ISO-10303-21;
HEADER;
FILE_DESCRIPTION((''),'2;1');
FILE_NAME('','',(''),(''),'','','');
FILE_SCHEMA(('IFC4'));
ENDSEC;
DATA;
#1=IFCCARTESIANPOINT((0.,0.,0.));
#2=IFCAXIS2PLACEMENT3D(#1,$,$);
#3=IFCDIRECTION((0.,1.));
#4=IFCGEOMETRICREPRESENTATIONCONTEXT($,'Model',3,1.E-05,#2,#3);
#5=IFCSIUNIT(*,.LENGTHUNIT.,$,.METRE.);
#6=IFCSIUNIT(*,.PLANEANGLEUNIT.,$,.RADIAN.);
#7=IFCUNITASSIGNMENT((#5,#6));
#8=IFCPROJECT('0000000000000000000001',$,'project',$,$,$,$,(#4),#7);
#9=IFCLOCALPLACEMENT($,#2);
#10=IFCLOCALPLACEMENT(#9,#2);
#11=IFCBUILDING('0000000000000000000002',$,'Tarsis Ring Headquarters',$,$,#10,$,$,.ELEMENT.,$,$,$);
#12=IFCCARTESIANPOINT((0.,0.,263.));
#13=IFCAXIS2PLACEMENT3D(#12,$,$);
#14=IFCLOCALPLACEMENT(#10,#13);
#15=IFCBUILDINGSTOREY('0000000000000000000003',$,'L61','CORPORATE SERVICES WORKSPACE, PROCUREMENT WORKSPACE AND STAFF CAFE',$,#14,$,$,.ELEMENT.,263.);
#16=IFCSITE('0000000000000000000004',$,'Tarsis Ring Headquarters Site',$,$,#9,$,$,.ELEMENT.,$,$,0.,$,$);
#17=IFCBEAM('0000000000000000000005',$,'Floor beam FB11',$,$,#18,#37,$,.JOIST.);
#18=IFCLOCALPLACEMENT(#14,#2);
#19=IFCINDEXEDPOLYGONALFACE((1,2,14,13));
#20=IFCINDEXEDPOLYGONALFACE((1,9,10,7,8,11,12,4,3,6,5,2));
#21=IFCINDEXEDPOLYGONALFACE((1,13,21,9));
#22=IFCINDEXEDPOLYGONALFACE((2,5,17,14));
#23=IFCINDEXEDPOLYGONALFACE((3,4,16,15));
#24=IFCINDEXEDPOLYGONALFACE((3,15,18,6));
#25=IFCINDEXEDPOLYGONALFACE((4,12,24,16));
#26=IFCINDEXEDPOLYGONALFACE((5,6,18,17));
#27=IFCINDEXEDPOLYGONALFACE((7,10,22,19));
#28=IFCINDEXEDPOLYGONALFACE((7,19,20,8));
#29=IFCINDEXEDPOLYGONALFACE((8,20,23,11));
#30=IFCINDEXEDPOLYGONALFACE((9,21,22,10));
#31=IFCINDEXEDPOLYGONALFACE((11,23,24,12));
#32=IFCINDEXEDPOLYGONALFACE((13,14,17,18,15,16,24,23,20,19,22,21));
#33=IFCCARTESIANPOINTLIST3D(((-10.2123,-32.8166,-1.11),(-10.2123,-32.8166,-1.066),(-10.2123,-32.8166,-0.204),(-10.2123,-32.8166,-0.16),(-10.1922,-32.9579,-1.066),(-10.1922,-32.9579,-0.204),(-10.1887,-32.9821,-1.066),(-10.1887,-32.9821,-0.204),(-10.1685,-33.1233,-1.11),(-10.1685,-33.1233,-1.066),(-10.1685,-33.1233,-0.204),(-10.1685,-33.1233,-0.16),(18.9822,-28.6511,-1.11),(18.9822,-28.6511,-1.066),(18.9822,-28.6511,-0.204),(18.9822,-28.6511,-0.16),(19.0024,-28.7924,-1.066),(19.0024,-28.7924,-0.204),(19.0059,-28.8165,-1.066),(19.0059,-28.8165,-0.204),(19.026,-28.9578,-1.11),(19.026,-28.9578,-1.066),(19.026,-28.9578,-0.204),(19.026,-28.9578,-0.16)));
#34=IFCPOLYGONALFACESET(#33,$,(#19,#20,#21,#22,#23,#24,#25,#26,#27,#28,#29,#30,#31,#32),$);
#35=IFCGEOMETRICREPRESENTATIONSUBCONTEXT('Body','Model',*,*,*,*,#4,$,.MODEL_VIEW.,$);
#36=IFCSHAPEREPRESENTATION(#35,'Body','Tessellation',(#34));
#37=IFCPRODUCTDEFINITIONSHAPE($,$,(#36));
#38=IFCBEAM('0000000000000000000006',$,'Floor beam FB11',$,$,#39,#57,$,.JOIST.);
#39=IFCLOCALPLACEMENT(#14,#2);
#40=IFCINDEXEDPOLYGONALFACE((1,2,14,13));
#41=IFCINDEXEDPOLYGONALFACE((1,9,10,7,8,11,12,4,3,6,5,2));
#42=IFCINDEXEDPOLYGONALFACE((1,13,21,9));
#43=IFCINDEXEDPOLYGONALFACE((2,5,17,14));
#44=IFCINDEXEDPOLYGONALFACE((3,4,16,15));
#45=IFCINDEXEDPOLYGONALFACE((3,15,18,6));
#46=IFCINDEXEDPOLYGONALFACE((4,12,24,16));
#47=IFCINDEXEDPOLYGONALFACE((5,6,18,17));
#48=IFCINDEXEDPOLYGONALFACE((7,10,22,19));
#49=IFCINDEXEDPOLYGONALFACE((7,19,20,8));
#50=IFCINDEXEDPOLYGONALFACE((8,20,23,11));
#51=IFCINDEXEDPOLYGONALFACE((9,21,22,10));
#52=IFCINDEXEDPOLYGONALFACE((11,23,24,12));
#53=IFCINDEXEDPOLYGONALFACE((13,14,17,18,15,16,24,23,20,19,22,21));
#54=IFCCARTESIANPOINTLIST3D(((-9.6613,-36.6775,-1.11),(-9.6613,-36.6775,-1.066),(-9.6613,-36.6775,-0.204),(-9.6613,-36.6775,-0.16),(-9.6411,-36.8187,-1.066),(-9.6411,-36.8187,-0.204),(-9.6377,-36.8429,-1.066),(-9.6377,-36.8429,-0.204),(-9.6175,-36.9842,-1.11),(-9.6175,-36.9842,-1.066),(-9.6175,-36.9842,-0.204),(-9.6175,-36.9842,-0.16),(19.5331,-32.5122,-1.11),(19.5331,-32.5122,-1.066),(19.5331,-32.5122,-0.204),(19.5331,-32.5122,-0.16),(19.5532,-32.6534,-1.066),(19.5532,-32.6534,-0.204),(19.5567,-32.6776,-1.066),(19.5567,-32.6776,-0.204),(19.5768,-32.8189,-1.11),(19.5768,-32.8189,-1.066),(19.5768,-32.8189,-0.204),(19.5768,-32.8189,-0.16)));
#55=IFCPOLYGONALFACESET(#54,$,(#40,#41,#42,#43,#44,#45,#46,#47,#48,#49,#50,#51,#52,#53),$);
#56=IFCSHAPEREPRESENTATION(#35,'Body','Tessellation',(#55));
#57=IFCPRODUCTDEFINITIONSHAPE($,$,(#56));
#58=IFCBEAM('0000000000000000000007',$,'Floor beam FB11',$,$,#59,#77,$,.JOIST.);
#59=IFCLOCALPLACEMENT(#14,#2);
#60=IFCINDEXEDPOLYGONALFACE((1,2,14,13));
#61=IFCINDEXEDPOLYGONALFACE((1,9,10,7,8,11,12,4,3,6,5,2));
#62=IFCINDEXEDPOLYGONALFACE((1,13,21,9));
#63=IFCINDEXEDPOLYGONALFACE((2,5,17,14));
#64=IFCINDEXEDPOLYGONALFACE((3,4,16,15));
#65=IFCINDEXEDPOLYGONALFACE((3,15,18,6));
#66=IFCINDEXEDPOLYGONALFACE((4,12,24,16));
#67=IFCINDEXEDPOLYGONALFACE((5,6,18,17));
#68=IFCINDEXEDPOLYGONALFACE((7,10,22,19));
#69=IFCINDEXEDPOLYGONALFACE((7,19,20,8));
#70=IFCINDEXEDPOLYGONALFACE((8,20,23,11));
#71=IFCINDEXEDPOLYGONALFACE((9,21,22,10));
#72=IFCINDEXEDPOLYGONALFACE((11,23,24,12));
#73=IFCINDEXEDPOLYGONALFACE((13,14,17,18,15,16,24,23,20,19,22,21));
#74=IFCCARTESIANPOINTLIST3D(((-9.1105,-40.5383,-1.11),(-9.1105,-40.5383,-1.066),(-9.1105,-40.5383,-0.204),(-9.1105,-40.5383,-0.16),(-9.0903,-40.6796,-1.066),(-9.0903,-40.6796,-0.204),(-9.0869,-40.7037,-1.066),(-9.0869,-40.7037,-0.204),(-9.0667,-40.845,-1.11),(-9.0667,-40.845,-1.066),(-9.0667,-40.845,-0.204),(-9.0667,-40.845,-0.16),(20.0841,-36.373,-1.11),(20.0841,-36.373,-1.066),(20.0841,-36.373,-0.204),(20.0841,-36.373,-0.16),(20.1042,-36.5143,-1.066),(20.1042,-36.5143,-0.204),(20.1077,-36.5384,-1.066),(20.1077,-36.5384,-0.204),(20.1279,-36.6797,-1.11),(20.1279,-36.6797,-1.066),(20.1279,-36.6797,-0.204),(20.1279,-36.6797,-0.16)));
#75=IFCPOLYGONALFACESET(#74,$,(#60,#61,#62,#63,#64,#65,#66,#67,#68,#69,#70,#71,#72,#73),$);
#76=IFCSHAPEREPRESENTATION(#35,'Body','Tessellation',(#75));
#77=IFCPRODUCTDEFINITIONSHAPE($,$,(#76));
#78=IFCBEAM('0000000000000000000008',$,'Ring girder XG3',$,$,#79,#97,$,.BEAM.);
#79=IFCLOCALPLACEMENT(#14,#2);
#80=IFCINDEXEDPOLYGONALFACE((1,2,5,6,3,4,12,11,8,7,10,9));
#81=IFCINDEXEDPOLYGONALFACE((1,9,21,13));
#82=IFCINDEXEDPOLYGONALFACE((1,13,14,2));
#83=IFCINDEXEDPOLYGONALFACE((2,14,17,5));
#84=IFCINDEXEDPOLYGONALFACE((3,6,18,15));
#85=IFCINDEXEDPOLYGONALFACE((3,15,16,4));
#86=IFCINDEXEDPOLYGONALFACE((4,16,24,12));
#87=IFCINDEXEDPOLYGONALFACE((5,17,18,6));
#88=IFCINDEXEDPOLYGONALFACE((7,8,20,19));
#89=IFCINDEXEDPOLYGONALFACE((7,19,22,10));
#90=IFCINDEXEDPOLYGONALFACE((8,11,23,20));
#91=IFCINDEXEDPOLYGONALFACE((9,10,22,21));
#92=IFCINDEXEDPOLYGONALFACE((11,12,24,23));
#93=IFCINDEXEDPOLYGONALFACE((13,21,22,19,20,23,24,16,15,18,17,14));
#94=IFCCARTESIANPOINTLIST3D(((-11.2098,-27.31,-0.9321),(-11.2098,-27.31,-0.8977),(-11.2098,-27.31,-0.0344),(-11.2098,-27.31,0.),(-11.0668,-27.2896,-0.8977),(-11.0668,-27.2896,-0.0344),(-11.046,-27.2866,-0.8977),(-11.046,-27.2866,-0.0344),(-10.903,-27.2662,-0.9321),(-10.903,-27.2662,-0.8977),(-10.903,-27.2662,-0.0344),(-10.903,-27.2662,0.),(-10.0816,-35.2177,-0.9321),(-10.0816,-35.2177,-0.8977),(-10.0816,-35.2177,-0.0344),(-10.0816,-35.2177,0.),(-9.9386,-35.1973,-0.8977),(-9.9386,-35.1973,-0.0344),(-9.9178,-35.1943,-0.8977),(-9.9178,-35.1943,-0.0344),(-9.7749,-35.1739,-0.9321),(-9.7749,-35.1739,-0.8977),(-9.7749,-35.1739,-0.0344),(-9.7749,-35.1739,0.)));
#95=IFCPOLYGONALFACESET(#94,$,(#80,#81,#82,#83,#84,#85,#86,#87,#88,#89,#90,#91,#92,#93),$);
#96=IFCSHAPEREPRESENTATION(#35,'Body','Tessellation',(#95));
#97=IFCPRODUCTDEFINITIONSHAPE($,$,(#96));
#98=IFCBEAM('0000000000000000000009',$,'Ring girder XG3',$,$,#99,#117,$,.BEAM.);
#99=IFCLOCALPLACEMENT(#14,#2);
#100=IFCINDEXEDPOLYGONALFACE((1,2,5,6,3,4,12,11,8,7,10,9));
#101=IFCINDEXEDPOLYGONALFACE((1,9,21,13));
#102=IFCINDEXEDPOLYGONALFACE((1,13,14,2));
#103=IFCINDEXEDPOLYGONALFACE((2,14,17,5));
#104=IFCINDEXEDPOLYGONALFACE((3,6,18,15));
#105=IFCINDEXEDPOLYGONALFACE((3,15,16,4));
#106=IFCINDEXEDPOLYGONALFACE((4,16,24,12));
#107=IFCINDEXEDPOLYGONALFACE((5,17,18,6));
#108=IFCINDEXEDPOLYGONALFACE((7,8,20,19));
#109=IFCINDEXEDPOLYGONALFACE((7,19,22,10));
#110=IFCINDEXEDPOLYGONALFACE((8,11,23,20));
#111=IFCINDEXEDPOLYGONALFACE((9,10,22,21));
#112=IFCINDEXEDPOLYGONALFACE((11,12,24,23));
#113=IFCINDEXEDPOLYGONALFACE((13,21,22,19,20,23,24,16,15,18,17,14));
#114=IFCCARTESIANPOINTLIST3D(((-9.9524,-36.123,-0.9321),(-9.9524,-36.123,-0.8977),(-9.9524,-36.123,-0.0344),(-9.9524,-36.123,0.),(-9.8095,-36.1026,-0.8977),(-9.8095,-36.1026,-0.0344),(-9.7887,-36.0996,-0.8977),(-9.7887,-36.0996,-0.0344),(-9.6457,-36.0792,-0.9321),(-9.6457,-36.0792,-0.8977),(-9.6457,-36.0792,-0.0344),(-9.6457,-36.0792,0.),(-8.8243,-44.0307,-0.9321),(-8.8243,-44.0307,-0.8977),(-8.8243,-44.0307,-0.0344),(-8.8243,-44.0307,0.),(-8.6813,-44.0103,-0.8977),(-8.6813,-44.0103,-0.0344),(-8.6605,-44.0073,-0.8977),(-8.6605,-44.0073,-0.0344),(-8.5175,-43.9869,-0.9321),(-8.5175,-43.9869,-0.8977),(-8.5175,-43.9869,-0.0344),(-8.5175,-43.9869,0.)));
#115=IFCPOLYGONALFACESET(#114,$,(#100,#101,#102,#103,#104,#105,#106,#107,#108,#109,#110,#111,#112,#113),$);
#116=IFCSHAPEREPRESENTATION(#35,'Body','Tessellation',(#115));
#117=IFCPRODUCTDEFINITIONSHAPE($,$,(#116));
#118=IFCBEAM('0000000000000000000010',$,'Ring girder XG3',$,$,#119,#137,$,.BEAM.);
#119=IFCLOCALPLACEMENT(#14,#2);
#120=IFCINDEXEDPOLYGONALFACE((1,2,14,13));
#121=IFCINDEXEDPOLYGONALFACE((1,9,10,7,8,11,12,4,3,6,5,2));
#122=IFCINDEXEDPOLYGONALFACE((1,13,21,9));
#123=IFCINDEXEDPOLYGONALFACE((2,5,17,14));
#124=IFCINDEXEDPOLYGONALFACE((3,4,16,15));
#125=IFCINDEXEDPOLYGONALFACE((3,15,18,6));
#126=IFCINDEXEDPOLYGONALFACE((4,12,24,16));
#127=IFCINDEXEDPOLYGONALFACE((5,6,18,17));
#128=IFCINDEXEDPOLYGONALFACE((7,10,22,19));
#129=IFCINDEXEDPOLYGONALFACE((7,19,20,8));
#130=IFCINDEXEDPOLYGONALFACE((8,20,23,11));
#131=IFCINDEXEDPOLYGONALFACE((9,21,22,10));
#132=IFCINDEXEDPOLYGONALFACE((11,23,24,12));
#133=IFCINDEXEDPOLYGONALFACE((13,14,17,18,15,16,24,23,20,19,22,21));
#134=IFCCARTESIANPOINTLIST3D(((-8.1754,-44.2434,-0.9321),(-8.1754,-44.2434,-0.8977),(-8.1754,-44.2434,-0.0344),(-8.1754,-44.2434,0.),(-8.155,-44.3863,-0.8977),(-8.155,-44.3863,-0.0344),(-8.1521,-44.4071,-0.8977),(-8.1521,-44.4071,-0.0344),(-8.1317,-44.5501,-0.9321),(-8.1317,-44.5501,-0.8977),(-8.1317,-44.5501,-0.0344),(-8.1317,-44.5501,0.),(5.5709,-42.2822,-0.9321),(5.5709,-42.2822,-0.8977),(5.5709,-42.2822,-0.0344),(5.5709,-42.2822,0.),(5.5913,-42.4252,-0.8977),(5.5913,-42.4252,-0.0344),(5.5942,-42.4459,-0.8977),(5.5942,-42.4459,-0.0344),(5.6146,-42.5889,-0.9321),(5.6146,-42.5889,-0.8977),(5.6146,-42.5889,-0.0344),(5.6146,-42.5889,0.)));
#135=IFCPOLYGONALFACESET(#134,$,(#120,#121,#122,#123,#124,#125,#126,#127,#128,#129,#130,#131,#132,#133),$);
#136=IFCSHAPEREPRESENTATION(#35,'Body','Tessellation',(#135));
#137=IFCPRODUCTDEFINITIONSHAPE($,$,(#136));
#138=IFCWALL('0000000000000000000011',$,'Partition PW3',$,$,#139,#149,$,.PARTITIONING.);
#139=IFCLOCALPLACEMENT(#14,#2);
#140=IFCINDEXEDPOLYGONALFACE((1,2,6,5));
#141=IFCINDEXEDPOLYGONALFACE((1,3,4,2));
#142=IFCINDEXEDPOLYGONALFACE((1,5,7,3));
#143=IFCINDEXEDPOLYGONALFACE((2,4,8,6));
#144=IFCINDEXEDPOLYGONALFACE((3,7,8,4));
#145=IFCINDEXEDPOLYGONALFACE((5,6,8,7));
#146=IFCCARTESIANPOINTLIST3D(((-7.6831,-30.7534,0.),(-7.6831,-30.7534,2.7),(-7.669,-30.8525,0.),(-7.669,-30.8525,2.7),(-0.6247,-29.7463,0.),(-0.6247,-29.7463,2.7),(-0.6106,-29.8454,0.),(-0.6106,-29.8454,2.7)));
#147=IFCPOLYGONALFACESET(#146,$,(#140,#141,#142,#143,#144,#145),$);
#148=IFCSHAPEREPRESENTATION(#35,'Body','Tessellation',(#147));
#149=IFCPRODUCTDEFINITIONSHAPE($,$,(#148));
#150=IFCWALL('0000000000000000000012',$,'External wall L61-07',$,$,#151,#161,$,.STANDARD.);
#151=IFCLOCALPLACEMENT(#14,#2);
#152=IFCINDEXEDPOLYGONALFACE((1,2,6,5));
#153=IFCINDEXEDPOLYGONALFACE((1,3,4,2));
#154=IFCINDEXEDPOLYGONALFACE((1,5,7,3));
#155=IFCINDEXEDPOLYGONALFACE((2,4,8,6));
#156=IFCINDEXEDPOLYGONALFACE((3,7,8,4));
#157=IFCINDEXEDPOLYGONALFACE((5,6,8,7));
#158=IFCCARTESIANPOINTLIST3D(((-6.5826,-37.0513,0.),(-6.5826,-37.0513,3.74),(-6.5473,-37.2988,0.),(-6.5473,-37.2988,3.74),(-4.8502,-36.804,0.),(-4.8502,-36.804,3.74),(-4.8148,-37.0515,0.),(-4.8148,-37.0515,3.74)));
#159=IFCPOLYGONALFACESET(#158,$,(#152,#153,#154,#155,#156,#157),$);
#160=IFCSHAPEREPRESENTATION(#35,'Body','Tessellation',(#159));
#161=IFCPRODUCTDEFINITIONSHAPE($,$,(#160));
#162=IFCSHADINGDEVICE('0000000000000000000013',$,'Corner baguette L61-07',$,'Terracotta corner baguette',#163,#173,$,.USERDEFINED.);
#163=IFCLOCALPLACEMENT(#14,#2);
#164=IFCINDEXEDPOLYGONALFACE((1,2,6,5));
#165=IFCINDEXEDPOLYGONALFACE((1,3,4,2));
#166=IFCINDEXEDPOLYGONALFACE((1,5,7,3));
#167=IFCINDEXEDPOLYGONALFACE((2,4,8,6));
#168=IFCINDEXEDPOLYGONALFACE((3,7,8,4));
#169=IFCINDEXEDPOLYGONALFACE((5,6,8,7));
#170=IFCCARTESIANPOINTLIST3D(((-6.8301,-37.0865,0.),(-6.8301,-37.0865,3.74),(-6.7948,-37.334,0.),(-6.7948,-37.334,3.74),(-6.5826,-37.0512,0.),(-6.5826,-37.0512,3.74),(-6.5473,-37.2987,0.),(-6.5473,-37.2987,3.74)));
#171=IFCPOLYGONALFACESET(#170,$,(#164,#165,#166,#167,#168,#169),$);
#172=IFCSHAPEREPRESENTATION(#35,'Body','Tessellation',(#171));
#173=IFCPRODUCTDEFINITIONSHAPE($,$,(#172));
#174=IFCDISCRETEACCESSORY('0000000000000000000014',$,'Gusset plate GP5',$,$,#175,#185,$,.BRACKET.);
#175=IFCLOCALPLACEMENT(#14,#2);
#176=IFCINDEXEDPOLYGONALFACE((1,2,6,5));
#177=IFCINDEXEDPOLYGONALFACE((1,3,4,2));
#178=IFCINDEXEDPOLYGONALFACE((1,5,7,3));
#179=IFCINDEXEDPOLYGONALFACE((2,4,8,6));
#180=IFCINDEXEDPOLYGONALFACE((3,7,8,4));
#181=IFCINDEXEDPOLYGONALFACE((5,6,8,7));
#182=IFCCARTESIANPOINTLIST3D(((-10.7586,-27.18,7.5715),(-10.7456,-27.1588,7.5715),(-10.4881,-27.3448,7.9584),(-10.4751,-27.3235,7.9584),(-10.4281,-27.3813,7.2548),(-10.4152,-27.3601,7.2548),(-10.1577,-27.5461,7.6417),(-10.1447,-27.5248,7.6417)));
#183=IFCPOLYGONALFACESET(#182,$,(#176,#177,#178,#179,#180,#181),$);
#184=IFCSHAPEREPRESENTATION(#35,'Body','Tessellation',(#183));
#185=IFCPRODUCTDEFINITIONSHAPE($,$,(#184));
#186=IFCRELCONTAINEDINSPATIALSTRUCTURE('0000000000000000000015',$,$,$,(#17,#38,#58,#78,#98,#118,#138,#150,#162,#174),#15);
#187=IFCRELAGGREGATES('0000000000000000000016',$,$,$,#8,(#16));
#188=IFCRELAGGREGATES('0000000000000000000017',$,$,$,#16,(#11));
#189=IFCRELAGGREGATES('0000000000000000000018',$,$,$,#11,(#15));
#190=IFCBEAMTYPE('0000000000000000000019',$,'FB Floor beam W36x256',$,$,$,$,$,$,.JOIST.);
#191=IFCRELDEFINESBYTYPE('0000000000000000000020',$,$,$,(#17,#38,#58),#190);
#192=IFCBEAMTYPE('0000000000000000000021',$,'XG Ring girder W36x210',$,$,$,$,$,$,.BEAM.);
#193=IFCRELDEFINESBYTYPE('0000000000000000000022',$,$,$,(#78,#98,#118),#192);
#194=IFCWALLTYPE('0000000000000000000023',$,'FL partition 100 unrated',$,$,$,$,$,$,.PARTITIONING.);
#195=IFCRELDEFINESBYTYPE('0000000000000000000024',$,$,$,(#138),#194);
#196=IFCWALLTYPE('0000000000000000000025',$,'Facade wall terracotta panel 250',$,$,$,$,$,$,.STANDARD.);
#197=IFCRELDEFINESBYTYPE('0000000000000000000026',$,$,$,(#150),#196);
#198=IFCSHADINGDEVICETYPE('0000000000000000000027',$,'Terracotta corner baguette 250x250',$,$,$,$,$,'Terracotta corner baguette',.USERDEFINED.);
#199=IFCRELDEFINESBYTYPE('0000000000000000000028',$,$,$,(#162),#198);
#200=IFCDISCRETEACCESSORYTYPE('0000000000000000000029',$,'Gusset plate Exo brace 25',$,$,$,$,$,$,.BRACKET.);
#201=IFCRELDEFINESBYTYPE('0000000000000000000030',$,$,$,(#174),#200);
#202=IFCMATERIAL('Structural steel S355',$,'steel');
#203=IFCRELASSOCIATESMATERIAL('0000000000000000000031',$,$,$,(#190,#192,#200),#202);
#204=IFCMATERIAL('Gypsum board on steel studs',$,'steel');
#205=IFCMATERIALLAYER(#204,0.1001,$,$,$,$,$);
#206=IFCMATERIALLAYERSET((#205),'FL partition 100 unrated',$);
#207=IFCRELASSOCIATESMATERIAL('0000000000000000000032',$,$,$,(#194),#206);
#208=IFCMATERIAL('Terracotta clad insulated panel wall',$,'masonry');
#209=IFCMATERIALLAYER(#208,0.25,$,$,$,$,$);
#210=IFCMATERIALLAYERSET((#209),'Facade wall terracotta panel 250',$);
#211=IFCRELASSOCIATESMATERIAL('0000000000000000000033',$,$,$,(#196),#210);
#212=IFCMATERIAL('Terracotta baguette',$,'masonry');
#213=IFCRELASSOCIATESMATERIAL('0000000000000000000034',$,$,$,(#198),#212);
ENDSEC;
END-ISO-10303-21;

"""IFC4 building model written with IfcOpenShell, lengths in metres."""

from ifc_helpers import new_model, si_unit, direction, frame, frame_2d, origin, origin_2d, place, context, subcontext, project, spatial, rectangle, i_section, extrude, material, layer, layer_set, material_profile, profile_set, type_object, element, save


model = new_model("IFC4")

# Units and contexts
model_context = context("Model", 3, precision=1e-05, world=origin(), true_north=direction((0.0, 1.0)))
body_context = subcontext(model_context, "Body", "Model", "MODEL_VIEW")
ifc_project = project(units=[si_unit("LENGTHUNIT", "METRE"), si_unit("PLANEANGLEUNIT", "RADIAN")], contexts=[model_context])

# Site, building, storey
site_placement = place(None, origin())
site = spatial("IfcSite", under=ifc_project, at=site_placement, Name="Tarsis Ring Headquarters Site", CompositionType="ELEMENT", RefElevation=0.0)
building_placement = place(site_placement, origin())
building = spatial("IfcBuilding", under=site, at=building_placement, Name="Tarsis Ring Headquarters", CompositionType="ELEMENT")
storey_placement = place(building_placement, frame((0.0, 0.0, 263.0)))
storey = spatial("IfcBuildingStorey", under=building, at=storey_placement, Name="L61", Description="CORPORATE SERVICES WORKSPACE, PROCUREMENT WORKSPACE AND STAFF CAFE", CompositionType="ELEMENT", Elevation=263.0)

# Shared definitions
ifc_material_1 = material(Name="Structural steel S355", Category="steel")

# Beams
ifc_material_profile_1 = material_profile(ifc_material_1, i_section(OverallWidth=0.3098, OverallDepth=0.95, WebThickness=0.0244, FlangeThickness=0.0439, at=origin_2d()), Name="W36x256")
ifc_profile_set_1 = profile_set([ifc_material_profile_1], Name="Structural steel S355")
beam_type_1 = type_object("IfcBeamType", Name="FB Floor beam W36x256", PredefinedType="JOIST", material=ifc_profile_set_1)
for number, where, z_axis, x_axis, name in (
    (1, (-10.1904, -32.97, -0.635), (0.989974, 0.141251, 0.0), (-0.141251, 0.989974, 0.0), "Floor beam FB11"),
):
    element("IfcBeam", number, at=place(storey_placement, frame(where, z_axis=z_axis, x_axis=x_axis)), inside=storey, type_object=beam_type_1, Name=name, PredefinedType="JOIST", context=body_context, shape_type="SweptSolid", body=[
        extrude(i_section(OverallWidth=0.3098, OverallDepth=0.95, WebThickness=0.0244, FlangeThickness=0.0439, at=origin_2d()), origin(), (0.0, 0.0, 1.0), 29.4902),
    ])
beam_1_placement = place(storey_placement, frame((-9.6394, -36.8308, -0.635), z_axis=(0.989975, 0.141244, 0.0), x_axis=(-0.141244, 0.989975, 0.0)))
element("IfcBeam", 2, at=beam_1_placement, inside=storey, type_object=beam_type_1, Name="Floor beam FB11", PredefinedType="JOIST", context=body_context, shape_type="SweptSolid", body=[
    extrude(i_section(OverallWidth=0.3098, OverallDepth=0.95, WebThickness=0.0244, FlangeThickness=0.0439, at=origin_2d()), origin(), (0.0, 0.0, 1.0), 29.49),
])
beam_2_placement = place(storey_placement, frame((-9.0886, -40.6917, -0.635), z_axis=(0.989975, 0.141243, 0.0), x_axis=(-0.141243, 0.989975, 0.0)))
element("IfcBeam", 3, at=beam_2_placement, inside=storey, type_object=beam_type_1, Name="Floor beam FB11", PredefinedType="JOIST", context=body_context, shape_type="SweptSolid", body=[
    extrude(i_section(OverallWidth=0.3098, OverallDepth=0.95, WebThickness=0.0244, FlangeThickness=0.0439, at=origin_2d()), origin(), (0.0, 0.0, 1.0), 29.4902),
])
ifc_material_profile_2 = material_profile(ifc_material_1, i_section(OverallWidth=0.3098, OverallDepth=0.9321, WebThickness=0.021, FlangeThickness=0.0344, at=origin_2d()), Name="W36x210")
ifc_profile_set_2 = profile_set([ifc_material_profile_2], Name="Structural steel S355")
beam_type_2 = type_object("IfcBeamType", Name="XG Ring girder W36x210", PredefinedType="BEAM", material=ifc_profile_set_2)
for number, where, z_axis, x_axis, name in (
    (4, (-11.0564, -27.2881, -0.4661), (0.141237, -0.989976, 0.0), (0.989976, 0.141237, 0.0), "Ring girder XG3"),
    (5, (-9.7991, -36.1011, -0.4661), (0.141237, -0.989976, 0.0), (0.989976, 0.141237, 0.0), "Ring girder XG3"),
):
    element("IfcBeam", number, at=place(storey_placement, frame(where, z_axis=z_axis, x_axis=x_axis)), inside=storey, type_object=beam_type_2, Name=name, PredefinedType="BEAM", context=body_context, shape_type="SweptSolid", body=[
        extrude(i_section(OverallWidth=0.3098, OverallDepth=0.9321, WebThickness=0.021, FlangeThickness=0.0344, at=origin_2d()), origin(), (0.0, 0.0, 1.0), 7.9878),
    ])
beam_3_placement = place(storey_placement, frame((-8.1536, -44.3967, -0.4661), z_axis=(0.989975, 0.141239, 0.0), x_axis=(-0.141239, 0.989975, 0.0)))
element("IfcBeam", 6, at=beam_3_placement, inside=storey, type_object=beam_type_2, Name="Ring girder XG3", PredefinedType="BEAM", context=body_context, shape_type="SweptSolid", body=[
    extrude(i_section(OverallWidth=0.3098, OverallDepth=0.9321, WebThickness=0.021, FlangeThickness=0.0344, at=origin_2d()), origin(), (0.0, 0.0, 1.0), 13.8855),
])

# Walls
ifc_material_2 = material(Name="Gypsum board on steel studs", Category="steel")
ifc_layer_1 = layer(ifc_material_2, 0.1001)
ifc_layer_set_1 = layer_set([ifc_layer_1], Name="FL partition 100 unrated")
wall_type_1 = type_object("IfcWallType", Name="FL partition 100 unrated", PredefinedType="PARTITIONING", material=ifc_layer_set_1)
wall_1_placement = place(storey_placement, frame((-7.676, -30.803, 0.0), z_axis=(0.0, 0.0, 1.0), x_axis=(0.989974, 0.141249, 0.0)))
element("IfcWall", 7, at=wall_1_placement, inside=storey, type_object=wall_type_1, Name="Partition PW3", PredefinedType="PARTITIONING", context=body_context, shape_type="SweptSolid", body=[
    extrude(rectangle(XDim=7.1299, YDim=0.1001, at=frame_2d((3.5649, 0.0))), origin(), (0.0, 0.0, 1.0), 2.7),
])
ifc_material_3 = material(Name="Terracotta clad insulated panel wall", Category="masonry")
ifc_layer_2 = layer(ifc_material_3, 0.25)
ifc_layer_set_2 = layer_set([ifc_layer_2], Name="Facade wall terracotta panel 250")
wall_type_2 = type_object("IfcWallType", Name="Facade wall terracotta panel 250", PredefinedType="STANDARD", material=ifc_layer_set_2)
wall_2_placement = place(storey_placement, frame((-6.5649, -37.175, 0.0), z_axis=(0.0, 0.0, 1.0), x_axis=(0.989963, 0.141324, 0.0)))
element("IfcWall", 8, at=wall_2_placement, inside=storey, type_object=wall_type_2, Name="External wall L61-07", PredefinedType="STANDARD", context=body_context, shape_type="SweptSolid", body=[
    extrude(rectangle(XDim=1.75, YDim=0.25, at=frame_2d((0.875, 0.0))), origin(), (0.0, 0.0, 1.0), 3.74),
])

# Shading device
ifc_material_4 = material(Name="Terracotta baguette", Category="masonry")
shading_device_type_1 = type_object("IfcShadingDeviceType", Name="Terracotta corner baguette 250x250", ElementType="Terracotta corner baguette", PredefinedType="USERDEFINED", material=ifc_material_4)
shading_device_1_placement = place(storey_placement, frame((-6.6887, -37.1926, 0.0), z_axis=(0.0, 0.0, 1.0), x_axis=(0.141247, -0.989974, 0.0)))
element("IfcShadingDevice", 9, at=shading_device_1_placement, inside=storey, type_object=shading_device_type_1, Name="Corner baguette L61-07", ObjectType="Terracotta corner baguette", PredefinedType="USERDEFINED", context=body_context, shape_type="SweptSolid", body=[
    extrude(rectangle(XDim=0.25, YDim=0.25, at=origin_2d()), origin(), (0.0, 0.0, 1.0), 3.74),
])

# Discrete accessory
ifc_material_profile_3 = material_profile(ifc_material_1, rectangle(XDim=0.0249, YDim=0.5, at=origin_2d()), Name="PL 25x500")
ifc_profile_set_3 = profile_set([ifc_material_profile_3], Name="Structural steel S355")
discrete_accessory_type = type_object("IfcDiscreteAccessoryType", Name="Gusset plate Exo brace 25", PredefinedType="BRACKET", material=ifc_profile_set_3)
for number, where, z_axis, x_axis, name in (
    (10, (-10.3164, -27.4348, 7.8), (-0.540938, 0.329542, -0.773814), (-0.520265, -0.854005, 0.0), "Gusset plate GP5"),
):
    element("IfcDiscreteAccessory", number, at=place(storey_placement, frame(where, z_axis=z_axis, x_axis=x_axis)), inside=storey, type_object=discrete_accessory_type, Name=name, PredefinedType="BRACKET", context=body_context, shape_type="SweptSolid", body=[
        extrude(rectangle(XDim=0.0249, YDim=0.5, at=origin_2d()), origin(), (0.0, 0.0, 1.0), 0.5),
    ])

save(model, "model.ifc")
